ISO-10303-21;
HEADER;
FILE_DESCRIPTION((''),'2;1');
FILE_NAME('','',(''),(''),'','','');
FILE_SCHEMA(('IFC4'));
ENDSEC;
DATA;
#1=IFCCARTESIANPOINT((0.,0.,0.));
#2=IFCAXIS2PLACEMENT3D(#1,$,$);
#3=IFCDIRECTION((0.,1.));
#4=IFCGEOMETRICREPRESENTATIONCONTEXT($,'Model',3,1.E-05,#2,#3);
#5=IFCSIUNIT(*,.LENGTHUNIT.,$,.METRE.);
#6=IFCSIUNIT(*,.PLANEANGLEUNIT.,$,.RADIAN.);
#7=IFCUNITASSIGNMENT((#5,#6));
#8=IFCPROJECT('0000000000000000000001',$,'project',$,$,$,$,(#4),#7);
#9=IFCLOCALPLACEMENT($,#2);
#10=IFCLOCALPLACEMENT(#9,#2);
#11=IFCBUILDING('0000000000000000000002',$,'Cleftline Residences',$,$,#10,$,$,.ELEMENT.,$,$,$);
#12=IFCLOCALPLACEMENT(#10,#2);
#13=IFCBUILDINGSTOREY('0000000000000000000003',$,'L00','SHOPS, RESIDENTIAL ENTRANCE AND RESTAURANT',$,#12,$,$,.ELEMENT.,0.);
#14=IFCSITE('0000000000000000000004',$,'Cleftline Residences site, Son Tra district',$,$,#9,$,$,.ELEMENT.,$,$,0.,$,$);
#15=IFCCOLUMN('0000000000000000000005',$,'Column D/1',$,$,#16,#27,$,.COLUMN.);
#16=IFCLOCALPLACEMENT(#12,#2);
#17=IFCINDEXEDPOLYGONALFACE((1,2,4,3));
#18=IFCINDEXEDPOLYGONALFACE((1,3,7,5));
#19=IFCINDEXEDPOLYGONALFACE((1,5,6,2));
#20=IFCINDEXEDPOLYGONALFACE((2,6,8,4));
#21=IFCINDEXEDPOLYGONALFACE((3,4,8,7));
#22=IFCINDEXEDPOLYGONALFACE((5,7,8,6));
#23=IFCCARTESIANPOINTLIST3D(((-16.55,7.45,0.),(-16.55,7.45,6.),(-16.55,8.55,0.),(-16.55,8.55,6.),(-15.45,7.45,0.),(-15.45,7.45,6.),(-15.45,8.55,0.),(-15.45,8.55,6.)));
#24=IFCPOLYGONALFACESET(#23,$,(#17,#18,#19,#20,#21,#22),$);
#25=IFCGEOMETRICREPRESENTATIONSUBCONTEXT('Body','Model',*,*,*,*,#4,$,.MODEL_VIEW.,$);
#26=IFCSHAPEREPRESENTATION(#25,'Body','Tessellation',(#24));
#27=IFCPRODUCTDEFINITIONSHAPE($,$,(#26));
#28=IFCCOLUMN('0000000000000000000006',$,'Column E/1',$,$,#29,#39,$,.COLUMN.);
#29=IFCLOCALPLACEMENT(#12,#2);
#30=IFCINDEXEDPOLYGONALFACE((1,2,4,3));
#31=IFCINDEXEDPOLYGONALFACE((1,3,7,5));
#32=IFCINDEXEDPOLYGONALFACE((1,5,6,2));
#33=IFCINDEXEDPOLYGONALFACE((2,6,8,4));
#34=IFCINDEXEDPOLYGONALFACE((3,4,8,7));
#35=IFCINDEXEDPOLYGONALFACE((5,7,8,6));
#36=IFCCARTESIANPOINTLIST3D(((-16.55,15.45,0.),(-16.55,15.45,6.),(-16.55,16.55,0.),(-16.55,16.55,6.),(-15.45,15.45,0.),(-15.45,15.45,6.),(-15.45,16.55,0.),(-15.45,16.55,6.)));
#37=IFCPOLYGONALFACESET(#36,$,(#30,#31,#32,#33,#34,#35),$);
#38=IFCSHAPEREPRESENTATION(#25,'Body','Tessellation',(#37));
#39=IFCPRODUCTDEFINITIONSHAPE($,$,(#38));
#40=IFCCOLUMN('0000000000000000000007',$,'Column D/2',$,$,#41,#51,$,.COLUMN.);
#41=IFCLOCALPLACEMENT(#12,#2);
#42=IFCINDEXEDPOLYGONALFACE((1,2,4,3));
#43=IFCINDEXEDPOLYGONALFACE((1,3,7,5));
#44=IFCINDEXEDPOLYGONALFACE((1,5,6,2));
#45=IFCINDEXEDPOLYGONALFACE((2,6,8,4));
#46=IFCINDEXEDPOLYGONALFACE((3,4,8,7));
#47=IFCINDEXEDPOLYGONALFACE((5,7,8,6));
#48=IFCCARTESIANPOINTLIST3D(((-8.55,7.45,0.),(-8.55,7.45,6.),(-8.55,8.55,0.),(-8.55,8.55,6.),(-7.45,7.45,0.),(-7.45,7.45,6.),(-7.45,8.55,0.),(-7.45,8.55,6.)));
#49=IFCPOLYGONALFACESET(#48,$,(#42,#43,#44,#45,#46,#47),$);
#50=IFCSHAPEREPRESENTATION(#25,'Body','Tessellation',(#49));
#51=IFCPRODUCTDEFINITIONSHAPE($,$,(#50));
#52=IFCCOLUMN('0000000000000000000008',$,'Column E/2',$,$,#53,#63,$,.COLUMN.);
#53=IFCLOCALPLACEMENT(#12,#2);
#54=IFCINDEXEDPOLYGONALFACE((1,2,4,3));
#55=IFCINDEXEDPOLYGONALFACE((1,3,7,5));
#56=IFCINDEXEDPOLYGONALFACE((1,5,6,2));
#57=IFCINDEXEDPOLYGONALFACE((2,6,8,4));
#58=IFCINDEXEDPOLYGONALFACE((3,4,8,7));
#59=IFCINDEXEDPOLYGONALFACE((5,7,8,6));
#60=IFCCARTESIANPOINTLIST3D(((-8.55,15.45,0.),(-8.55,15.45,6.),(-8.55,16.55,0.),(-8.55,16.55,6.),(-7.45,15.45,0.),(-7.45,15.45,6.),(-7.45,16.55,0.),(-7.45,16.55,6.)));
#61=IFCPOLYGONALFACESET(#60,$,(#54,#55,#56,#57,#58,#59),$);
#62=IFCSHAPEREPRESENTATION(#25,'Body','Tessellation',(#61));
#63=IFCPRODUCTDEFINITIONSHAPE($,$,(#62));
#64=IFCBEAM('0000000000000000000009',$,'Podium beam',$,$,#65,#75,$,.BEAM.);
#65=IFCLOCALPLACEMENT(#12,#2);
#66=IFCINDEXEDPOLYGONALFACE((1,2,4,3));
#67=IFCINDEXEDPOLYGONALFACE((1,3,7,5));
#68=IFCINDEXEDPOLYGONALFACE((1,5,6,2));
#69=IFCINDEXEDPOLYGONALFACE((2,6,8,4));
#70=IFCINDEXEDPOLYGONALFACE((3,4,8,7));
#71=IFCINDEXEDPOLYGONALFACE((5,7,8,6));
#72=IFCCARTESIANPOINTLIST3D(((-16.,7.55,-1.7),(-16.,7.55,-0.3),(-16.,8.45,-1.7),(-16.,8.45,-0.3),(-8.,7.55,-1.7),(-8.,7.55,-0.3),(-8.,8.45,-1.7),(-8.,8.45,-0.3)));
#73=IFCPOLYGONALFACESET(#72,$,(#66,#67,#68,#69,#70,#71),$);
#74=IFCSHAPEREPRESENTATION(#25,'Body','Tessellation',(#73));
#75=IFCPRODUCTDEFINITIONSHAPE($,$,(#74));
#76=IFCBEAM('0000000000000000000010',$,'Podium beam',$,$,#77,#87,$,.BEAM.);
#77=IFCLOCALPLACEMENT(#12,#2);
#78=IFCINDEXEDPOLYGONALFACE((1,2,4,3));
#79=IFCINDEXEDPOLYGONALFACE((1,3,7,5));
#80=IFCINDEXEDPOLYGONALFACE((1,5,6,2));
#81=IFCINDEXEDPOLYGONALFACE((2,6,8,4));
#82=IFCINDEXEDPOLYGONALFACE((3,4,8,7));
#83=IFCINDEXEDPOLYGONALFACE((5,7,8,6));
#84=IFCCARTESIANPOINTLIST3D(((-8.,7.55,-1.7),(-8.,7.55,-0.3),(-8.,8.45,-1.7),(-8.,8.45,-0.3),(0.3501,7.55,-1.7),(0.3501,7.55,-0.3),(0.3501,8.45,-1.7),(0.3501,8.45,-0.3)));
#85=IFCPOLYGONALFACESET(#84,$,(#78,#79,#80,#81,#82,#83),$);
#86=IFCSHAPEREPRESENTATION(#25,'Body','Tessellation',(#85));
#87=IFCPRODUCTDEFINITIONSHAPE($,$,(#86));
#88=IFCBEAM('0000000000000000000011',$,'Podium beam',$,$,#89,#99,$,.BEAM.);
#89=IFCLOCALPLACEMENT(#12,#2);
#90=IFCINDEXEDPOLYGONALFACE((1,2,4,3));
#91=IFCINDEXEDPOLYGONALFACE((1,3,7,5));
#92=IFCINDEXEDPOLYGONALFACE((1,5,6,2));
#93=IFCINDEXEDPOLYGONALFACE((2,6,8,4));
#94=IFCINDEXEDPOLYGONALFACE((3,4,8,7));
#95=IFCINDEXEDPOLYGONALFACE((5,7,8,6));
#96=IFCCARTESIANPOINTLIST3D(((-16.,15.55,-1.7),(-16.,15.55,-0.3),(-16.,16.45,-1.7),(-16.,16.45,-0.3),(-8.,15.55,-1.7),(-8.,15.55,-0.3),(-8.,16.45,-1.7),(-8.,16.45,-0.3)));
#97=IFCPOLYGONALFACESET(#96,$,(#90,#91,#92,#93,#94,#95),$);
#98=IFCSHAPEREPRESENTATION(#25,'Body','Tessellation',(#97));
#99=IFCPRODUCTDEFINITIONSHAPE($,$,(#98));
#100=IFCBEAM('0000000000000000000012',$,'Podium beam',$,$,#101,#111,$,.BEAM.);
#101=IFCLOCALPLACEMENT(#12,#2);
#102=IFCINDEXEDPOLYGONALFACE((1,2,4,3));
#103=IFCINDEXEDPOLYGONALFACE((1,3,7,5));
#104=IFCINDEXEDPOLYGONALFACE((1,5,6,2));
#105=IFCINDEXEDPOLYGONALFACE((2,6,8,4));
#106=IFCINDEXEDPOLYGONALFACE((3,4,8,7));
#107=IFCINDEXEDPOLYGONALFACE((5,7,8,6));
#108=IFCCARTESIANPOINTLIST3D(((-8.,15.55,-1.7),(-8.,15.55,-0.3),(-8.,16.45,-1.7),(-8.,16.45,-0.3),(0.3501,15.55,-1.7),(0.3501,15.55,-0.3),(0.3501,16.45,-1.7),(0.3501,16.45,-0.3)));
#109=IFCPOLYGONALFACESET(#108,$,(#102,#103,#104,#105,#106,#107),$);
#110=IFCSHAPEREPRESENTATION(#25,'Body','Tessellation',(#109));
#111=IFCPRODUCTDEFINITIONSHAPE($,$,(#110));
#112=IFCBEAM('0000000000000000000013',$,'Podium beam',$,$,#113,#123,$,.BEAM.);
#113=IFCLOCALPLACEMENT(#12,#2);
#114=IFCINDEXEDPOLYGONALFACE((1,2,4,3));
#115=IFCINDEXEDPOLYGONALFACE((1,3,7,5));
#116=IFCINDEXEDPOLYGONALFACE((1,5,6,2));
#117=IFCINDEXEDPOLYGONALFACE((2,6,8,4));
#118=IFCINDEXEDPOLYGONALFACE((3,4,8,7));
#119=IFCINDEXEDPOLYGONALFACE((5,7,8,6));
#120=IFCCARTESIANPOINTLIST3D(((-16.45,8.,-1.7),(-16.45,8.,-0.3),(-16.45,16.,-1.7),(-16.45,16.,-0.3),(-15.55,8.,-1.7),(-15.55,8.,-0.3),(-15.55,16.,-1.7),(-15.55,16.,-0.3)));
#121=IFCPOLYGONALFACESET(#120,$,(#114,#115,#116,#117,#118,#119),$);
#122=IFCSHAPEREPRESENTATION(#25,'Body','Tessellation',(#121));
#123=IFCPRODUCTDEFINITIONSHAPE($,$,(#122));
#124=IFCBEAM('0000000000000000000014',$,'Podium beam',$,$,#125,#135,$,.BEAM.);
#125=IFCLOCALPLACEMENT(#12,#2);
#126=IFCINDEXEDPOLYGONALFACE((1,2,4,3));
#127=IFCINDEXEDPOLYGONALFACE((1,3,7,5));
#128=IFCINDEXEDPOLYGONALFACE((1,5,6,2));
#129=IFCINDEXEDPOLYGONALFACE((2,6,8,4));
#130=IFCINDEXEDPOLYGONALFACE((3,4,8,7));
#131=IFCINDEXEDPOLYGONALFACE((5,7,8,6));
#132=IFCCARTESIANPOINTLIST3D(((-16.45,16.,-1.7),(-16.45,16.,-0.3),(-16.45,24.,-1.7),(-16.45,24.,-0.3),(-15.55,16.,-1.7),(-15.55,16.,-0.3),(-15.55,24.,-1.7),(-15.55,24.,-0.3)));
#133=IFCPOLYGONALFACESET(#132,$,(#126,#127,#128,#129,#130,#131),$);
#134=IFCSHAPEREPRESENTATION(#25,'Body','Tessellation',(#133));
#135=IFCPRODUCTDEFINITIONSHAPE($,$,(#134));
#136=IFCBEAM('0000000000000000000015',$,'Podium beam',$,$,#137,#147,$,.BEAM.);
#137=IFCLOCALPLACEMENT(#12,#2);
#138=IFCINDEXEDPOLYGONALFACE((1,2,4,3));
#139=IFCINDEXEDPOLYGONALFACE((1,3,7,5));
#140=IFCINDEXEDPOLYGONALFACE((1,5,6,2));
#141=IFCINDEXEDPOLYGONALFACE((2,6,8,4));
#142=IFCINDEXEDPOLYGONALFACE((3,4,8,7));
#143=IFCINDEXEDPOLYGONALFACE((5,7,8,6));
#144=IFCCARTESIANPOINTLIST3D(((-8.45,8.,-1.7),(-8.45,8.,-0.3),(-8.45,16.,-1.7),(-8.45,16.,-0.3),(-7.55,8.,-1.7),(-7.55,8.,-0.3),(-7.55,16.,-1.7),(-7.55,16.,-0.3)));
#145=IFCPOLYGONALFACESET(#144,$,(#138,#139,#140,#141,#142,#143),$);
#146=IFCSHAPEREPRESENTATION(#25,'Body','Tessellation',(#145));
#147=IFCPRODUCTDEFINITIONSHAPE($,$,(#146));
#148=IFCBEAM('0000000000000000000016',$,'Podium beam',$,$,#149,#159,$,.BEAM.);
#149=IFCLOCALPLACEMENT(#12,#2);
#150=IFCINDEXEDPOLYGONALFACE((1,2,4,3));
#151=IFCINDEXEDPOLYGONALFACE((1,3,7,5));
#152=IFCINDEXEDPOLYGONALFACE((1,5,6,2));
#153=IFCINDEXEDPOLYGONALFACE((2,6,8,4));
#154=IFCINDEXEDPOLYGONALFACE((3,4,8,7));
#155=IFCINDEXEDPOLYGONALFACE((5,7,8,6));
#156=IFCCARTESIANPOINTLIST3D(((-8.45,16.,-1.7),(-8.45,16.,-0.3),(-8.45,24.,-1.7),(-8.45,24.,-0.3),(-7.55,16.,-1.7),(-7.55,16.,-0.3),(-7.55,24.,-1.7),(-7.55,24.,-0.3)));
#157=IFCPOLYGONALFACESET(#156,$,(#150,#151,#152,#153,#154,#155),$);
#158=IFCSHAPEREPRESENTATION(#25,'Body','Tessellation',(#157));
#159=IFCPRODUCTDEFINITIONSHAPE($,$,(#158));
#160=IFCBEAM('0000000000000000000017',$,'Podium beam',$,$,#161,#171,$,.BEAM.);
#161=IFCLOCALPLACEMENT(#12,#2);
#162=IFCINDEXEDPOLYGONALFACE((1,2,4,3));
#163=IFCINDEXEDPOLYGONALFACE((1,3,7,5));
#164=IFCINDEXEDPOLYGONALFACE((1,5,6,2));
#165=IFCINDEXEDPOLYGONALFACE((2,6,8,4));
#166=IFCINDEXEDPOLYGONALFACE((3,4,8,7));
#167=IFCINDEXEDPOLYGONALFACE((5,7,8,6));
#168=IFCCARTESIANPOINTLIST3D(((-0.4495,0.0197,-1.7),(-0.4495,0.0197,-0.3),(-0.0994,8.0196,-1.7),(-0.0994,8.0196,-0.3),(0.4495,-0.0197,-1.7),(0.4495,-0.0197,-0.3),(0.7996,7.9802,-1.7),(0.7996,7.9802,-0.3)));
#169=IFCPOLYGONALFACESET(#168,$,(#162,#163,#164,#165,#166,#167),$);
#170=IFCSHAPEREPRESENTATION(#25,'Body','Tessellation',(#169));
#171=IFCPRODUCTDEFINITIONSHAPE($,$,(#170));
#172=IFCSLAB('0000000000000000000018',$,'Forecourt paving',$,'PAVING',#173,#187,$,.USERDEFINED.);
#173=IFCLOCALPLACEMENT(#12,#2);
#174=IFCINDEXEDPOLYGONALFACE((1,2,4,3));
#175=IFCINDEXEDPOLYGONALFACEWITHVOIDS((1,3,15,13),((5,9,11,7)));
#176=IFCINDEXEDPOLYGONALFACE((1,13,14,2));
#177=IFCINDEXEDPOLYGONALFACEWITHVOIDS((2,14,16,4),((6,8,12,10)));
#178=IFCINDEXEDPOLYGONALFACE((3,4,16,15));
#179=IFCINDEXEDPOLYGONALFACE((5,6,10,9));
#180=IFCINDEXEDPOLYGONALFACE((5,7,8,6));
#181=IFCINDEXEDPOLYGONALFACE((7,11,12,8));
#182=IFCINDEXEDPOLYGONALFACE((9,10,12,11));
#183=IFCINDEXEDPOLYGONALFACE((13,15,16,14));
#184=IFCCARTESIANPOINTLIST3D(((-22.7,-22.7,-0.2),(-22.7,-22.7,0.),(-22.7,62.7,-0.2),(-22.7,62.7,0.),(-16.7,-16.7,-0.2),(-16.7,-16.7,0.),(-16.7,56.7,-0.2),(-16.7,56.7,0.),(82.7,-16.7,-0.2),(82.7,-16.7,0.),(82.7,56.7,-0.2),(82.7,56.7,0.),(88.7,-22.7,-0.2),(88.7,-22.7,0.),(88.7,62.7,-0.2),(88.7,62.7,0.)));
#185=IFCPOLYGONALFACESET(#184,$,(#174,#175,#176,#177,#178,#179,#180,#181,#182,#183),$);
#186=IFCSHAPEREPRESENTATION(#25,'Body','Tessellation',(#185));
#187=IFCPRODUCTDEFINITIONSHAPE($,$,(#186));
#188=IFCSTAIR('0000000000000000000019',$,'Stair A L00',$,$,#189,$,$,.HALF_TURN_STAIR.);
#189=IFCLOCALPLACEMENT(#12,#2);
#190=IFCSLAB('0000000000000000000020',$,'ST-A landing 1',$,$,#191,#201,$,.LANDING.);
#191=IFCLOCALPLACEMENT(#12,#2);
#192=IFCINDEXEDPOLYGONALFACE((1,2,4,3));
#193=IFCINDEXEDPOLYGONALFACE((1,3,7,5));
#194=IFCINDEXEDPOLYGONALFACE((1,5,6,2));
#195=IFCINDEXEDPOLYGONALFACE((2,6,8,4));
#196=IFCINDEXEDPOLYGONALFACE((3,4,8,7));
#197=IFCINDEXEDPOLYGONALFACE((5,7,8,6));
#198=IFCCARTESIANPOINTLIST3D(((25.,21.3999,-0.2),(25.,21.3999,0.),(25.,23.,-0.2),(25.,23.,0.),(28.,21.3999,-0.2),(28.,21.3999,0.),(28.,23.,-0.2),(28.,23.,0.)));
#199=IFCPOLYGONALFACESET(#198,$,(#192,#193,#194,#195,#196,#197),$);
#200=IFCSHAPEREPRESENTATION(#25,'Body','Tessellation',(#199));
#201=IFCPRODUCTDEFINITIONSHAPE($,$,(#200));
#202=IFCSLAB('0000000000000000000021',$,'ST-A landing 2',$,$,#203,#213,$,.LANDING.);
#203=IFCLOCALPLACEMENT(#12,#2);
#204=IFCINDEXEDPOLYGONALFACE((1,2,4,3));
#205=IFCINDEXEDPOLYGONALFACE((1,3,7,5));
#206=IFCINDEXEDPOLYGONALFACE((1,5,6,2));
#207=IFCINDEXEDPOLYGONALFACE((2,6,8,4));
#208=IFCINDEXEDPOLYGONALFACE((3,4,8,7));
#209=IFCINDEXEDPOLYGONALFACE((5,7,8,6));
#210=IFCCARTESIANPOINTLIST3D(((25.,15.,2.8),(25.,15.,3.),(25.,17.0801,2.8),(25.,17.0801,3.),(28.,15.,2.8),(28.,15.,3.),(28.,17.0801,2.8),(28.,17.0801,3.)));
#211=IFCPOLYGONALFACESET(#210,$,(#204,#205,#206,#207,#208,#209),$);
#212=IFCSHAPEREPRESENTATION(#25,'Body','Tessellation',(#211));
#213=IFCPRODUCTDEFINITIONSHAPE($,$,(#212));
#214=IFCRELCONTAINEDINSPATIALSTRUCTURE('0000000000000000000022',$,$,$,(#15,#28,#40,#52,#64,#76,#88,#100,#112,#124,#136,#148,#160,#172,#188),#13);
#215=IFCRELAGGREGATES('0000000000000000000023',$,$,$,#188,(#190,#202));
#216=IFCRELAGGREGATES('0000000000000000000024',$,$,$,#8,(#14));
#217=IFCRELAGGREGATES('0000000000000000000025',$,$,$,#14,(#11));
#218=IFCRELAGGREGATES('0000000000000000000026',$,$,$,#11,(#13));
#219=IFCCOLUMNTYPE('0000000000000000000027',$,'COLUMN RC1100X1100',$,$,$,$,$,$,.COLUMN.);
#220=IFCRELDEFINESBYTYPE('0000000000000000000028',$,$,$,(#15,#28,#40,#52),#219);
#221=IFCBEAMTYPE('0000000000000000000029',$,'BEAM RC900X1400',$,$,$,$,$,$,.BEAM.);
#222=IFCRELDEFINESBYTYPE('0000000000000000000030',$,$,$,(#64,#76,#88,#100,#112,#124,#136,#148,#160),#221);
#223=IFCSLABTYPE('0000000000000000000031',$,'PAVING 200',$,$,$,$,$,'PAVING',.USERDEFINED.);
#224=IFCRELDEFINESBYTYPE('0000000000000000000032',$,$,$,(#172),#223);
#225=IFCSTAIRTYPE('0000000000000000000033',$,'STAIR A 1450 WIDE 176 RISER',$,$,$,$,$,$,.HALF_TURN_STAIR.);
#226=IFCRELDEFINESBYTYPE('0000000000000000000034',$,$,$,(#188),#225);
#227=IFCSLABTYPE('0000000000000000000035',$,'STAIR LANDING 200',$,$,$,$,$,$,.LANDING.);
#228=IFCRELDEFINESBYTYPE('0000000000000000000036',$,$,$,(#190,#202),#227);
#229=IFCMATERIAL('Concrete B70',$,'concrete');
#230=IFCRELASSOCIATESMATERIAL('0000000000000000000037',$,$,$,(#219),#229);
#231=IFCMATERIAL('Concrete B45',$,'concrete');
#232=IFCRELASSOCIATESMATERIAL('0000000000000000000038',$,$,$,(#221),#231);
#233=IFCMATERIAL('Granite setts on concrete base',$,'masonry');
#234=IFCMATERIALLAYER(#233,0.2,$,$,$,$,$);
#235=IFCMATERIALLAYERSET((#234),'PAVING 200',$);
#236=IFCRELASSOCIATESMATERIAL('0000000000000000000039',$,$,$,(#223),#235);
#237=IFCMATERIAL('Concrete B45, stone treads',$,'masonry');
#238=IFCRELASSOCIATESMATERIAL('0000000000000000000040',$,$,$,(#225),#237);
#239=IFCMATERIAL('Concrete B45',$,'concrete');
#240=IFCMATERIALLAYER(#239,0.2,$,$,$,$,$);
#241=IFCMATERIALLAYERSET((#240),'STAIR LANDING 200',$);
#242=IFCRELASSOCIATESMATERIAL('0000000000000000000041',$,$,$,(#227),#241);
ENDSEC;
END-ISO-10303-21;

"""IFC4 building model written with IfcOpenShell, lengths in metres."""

from ifc_helpers import new_model, si_unit, direction, frame, origin, origin_2d, place, context, subcontext, project, spatial, polyline, rectangle, outline, extrude, material, layer, layer_set, material_profile, profile_set, type_object, element, aggregate, save


model = new_model("IFC4")

# Units and contexts
model_context = context("Model", 3, precision=1e-05, world=origin(), true_north=direction((0.0, 1.0)))
body_context = subcontext(model_context, "Body", "Model", "MODEL_VIEW")
ifc_project = project(units=[si_unit("LENGTHUNIT", "METRE"), si_unit("PLANEANGLEUNIT", "RADIAN")], contexts=[model_context])

# Site, building, storey
site_placement = place(None, origin())
site = spatial("IfcSite", under=ifc_project, at=site_placement, Name="Cleftline Residences site, Son Tra district", CompositionType="ELEMENT", RefElevation=0.0)
building_placement = place(site_placement, origin())
building = spatial("IfcBuilding", under=site, at=building_placement, Name="Cleftline Residences", CompositionType="ELEMENT")
storey_placement = place(building_placement, origin())
storey = spatial("IfcBuildingStorey", under=building, at=storey_placement, Name="L00", Description="SHOPS, RESIDENTIAL ENTRANCE AND RESTAURANT", CompositionType="ELEMENT", Elevation=0.0)

# Columns
ifc_material_1 = material(Name="Concrete B70", Category="concrete")
ifc_material_profile_1 = material_profile(ifc_material_1, rectangle(XDim=1.1001, YDim=1.1001, at=origin_2d()))
ifc_profile_set_1 = profile_set([ifc_material_profile_1], Name="Concrete B70")
column_type = type_object("IfcColumnType", Name="COLUMN RC1100X1100", PredefinedType="COLUMN", material=ifc_profile_set_1)
for number, where, z_axis, x_axis, name in (
    (1, (-16.0, 8.0, 0.0), (0.0, 0.0, 1.0), (1.0, 0.0, 0.0), "Column D/1"),
    (2, (-16.0, 16.0, 0.0), (0.0, 0.0, 1.0), (1.0, 0.0, 0.0), "Column E/1"),
    (3, (-8.0, 8.0, 0.0), (0.0, 0.0, 1.0), (1.0, 0.0, 0.0), "Column D/2"),
    (4, (-8.0, 16.0, 0.0), (0.0, 0.0, 1.0), (1.0, 0.0, 0.0), "Column E/2"),
):
    element("IfcColumn", number, at=place(storey_placement, frame(where, z_axis=z_axis, x_axis=x_axis)), inside=storey, type_object=column_type, Name=name, PredefinedType="COLUMN", context=body_context, shape_type="SweptSolid", body=[
        extrude(rectangle(XDim=1.1001, YDim=1.1001, at=origin_2d()), origin(), (0.0, 0.0, 1.0), 6.0),
    ])

# Beams
ifc_material_2 = material(Name="Concrete B45", Category="concrete")
ifc_material_profile_2 = material_profile(ifc_material_2, rectangle(XDim=0.8999, YDim=1.3999, at=origin_2d()))
ifc_profile_set_2 = profile_set([ifc_material_profile_2], Name="Concrete B45")
beam_type = type_object("IfcBeamType", Name="BEAM RC900X1400", PredefinedType="BEAM", material=ifc_profile_set_2)
beam_1_placement = place(storey_placement, frame((-16.0, 8.0, -1.0), z_axis=(1.0, 0.0, 0.0), x_axis=(0.0, 1.0, 0.0)))
element("IfcBeam", 5, at=beam_1_placement, inside=storey, type_object=beam_type, Name="Podium beam", PredefinedType="BEAM", context=body_context, shape_type="SweptSolid", body=[
    extrude(rectangle(XDim=0.8999, YDim=1.3999, at=origin_2d()), origin(), (0.0, 0.0, 1.0), 8.0),
])
beam_2_placement = place(storey_placement, frame((-8.0, 8.0, -1.0), z_axis=(1.0, 0.0, 0.0), x_axis=(0.0, 1.0, 0.0)))
element("IfcBeam", 6, at=beam_2_placement, inside=storey, type_object=beam_type, Name="Podium beam", PredefinedType="BEAM", context=body_context, shape_type="SweptSolid", body=[
    extrude(rectangle(XDim=0.8999, YDim=1.3999, at=origin_2d()), origin(), (0.0, 0.0, 1.0), 8.3501),
])
beam_3_placement = place(storey_placement, frame((-16.0, 16.0, -1.0), z_axis=(1.0, 0.0, 0.0), x_axis=(0.0, 1.0, 0.0)))
element("IfcBeam", 7, at=beam_3_placement, inside=storey, type_object=beam_type, Name="Podium beam", PredefinedType="BEAM", context=body_context, shape_type="SweptSolid", body=[
    extrude(rectangle(XDim=0.8999, YDim=1.3999, at=origin_2d()), origin(), (0.0, 0.0, 1.0), 8.0),
])
beam_4_placement = place(storey_placement, frame((-8.0, 16.0, -1.0), z_axis=(1.0, 0.0, 0.0), x_axis=(0.0, 1.0, 0.0)))
element("IfcBeam", 8, at=beam_4_placement, inside=storey, type_object=beam_type, Name="Podium beam", PredefinedType="BEAM", context=body_context, shape_type="SweptSolid", body=[
    extrude(rectangle(XDim=0.8999, YDim=1.3999, at=origin_2d()), origin(), (0.0, 0.0, 1.0), 8.3501),
])
for number, where, z_axis, x_axis, name in (
    (9, (-16.0, 8.0, -1.0), (0.0, 1.0, 0.0), (-1.0, 0.0, 0.0), "Podium beam"),
    (10, (-16.0, 16.0, -1.0), (0.0, 1.0, 0.0), (-1.0, 0.0, 0.0), "Podium beam"),
    (11, (-8.0, 8.0, -1.0), (0.0, 1.0, 0.0), (-1.0, 0.0, 0.0), "Podium beam"),
    (12, (-8.0, 16.0, -1.0), (0.0, 1.0, 0.0), (-1.0, 0.0, 0.0), "Podium beam"),
):
    element("IfcBeam", number, at=place(storey_placement, frame(where, z_axis=z_axis, x_axis=x_axis)), inside=storey, type_object=beam_type, Name=name, PredefinedType="BEAM", context=body_context, shape_type="SweptSolid", body=[
        extrude(rectangle(XDim=0.8999, YDim=1.3999, at=origin_2d()), origin(), (0.0, 0.0, 1.0), 8.0),
    ])
beam_5_placement = place(storey_placement, frame((0.0, 0.0, -1.0), z_axis=(0.04372, 0.999044, 0.0), x_axis=(-0.999044, 0.04372, 0.0)))
element("IfcBeam", 13, at=beam_5_placement, inside=storey, type_object=beam_type, Name="Podium beam", PredefinedType="BEAM", context=body_context, shape_type="SweptSolid", body=[
    extrude(rectangle(XDim=0.8999, YDim=1.3999, at=origin_2d()), origin(), (0.0, 0.0, 1.0), 8.0076),
])

# Slab
ifc_material_3 = material(Name="Granite setts on concrete base", Category="masonry")
ifc_layer_1 = layer(ifc_material_3, 0.2)
ifc_layer_set_1 = layer_set([ifc_layer_1], Name="PAVING 200")
slab_type_1 = type_object("IfcSlabType", Name="PAVING 200", ElementType="PAVING", PredefinedType="USERDEFINED", material=ifc_layer_set_1)
slab_1_placement = place(storey_placement, frame((0.0, 0.0, -0.2)))
element("IfcSlab", 14, at=slab_1_placement, inside=storey, type_object=slab_type_1, Name="Forecourt paving", ObjectType="PAVING", PredefinedType="USERDEFINED", context=body_context, shape_type="SweptSolid", body=[
    extrude(outline(polyline([(88.7, -22.7), (88.7, 62.7), (-22.7, 62.7), (-22.7, -22.7), (88.7, -22.7)]), holes=[polyline([(82.7, 56.7), (-16.7, 56.7), (-16.7, -16.7), (82.7, -16.7), (82.7, 56.7)])]), origin(), (0.0, 0.0, 1.0), 0.2),
])

# Stair, slabs
ifc_material_4 = material(Name="Concrete B45, stone treads", Category="masonry")
stair_type_1 = type_object("IfcStairType", Name="STAIR A 1450 WIDE 176 RISER", PredefinedType="HALF_TURN_STAIR", material=ifc_material_4)
stair_1_placement = place(storey_placement, origin())
stair_1 = element("IfcStair", 15, at=stair_1_placement, inside=storey, type_object=stair_type_1, Name="Stair A L00", PredefinedType="HALF_TURN_STAIR")
ifc_material_5 = material(Name="Concrete B45", Category="concrete")
ifc_layer_2 = layer(ifc_material_5, 0.2)
ifc_layer_set_2 = layer_set([ifc_layer_2], Name="STAIR LANDING 200")
slab_type_2 = type_object("IfcSlabType", Name="STAIR LANDING 200", PredefinedType="LANDING", material=ifc_layer_set_2)
slab_2_placement = place(storey_placement, frame((0.0, 0.0, -0.2)))
slab_2 = element("IfcSlab", 16, at=slab_2_placement, type_object=slab_type_2, Name="ST-A landing 1", PredefinedType="LANDING", context=body_context, shape_type="SweptSolid", body=[
    extrude(outline(polyline([(25.0, 21.3999), (28.0, 21.3999), (28.0, 23.0), (25.0, 23.0), (25.0, 21.3999)])), origin(), (0.0, 0.0, 1.0), 0.2),
])
slab_3_placement = place(storey_placement, frame((0.0, 0.0, 2.8)))
slab_3 = element("IfcSlab", 17, at=slab_3_placement, type_object=slab_type_2, Name="ST-A landing 2", PredefinedType="LANDING", context=body_context, shape_type="SweptSolid", body=[
    extrude(outline(polyline([(25.0, 15.0), (28.0, 15.0), (28.0, 17.0801), (25.0, 17.0801), (25.0, 15.0)])), origin(), (0.0, 0.0, 1.0), 0.2),
])
aggregate(stair_1, [slab_2, slab_3])

save(model, "model.ifc")
